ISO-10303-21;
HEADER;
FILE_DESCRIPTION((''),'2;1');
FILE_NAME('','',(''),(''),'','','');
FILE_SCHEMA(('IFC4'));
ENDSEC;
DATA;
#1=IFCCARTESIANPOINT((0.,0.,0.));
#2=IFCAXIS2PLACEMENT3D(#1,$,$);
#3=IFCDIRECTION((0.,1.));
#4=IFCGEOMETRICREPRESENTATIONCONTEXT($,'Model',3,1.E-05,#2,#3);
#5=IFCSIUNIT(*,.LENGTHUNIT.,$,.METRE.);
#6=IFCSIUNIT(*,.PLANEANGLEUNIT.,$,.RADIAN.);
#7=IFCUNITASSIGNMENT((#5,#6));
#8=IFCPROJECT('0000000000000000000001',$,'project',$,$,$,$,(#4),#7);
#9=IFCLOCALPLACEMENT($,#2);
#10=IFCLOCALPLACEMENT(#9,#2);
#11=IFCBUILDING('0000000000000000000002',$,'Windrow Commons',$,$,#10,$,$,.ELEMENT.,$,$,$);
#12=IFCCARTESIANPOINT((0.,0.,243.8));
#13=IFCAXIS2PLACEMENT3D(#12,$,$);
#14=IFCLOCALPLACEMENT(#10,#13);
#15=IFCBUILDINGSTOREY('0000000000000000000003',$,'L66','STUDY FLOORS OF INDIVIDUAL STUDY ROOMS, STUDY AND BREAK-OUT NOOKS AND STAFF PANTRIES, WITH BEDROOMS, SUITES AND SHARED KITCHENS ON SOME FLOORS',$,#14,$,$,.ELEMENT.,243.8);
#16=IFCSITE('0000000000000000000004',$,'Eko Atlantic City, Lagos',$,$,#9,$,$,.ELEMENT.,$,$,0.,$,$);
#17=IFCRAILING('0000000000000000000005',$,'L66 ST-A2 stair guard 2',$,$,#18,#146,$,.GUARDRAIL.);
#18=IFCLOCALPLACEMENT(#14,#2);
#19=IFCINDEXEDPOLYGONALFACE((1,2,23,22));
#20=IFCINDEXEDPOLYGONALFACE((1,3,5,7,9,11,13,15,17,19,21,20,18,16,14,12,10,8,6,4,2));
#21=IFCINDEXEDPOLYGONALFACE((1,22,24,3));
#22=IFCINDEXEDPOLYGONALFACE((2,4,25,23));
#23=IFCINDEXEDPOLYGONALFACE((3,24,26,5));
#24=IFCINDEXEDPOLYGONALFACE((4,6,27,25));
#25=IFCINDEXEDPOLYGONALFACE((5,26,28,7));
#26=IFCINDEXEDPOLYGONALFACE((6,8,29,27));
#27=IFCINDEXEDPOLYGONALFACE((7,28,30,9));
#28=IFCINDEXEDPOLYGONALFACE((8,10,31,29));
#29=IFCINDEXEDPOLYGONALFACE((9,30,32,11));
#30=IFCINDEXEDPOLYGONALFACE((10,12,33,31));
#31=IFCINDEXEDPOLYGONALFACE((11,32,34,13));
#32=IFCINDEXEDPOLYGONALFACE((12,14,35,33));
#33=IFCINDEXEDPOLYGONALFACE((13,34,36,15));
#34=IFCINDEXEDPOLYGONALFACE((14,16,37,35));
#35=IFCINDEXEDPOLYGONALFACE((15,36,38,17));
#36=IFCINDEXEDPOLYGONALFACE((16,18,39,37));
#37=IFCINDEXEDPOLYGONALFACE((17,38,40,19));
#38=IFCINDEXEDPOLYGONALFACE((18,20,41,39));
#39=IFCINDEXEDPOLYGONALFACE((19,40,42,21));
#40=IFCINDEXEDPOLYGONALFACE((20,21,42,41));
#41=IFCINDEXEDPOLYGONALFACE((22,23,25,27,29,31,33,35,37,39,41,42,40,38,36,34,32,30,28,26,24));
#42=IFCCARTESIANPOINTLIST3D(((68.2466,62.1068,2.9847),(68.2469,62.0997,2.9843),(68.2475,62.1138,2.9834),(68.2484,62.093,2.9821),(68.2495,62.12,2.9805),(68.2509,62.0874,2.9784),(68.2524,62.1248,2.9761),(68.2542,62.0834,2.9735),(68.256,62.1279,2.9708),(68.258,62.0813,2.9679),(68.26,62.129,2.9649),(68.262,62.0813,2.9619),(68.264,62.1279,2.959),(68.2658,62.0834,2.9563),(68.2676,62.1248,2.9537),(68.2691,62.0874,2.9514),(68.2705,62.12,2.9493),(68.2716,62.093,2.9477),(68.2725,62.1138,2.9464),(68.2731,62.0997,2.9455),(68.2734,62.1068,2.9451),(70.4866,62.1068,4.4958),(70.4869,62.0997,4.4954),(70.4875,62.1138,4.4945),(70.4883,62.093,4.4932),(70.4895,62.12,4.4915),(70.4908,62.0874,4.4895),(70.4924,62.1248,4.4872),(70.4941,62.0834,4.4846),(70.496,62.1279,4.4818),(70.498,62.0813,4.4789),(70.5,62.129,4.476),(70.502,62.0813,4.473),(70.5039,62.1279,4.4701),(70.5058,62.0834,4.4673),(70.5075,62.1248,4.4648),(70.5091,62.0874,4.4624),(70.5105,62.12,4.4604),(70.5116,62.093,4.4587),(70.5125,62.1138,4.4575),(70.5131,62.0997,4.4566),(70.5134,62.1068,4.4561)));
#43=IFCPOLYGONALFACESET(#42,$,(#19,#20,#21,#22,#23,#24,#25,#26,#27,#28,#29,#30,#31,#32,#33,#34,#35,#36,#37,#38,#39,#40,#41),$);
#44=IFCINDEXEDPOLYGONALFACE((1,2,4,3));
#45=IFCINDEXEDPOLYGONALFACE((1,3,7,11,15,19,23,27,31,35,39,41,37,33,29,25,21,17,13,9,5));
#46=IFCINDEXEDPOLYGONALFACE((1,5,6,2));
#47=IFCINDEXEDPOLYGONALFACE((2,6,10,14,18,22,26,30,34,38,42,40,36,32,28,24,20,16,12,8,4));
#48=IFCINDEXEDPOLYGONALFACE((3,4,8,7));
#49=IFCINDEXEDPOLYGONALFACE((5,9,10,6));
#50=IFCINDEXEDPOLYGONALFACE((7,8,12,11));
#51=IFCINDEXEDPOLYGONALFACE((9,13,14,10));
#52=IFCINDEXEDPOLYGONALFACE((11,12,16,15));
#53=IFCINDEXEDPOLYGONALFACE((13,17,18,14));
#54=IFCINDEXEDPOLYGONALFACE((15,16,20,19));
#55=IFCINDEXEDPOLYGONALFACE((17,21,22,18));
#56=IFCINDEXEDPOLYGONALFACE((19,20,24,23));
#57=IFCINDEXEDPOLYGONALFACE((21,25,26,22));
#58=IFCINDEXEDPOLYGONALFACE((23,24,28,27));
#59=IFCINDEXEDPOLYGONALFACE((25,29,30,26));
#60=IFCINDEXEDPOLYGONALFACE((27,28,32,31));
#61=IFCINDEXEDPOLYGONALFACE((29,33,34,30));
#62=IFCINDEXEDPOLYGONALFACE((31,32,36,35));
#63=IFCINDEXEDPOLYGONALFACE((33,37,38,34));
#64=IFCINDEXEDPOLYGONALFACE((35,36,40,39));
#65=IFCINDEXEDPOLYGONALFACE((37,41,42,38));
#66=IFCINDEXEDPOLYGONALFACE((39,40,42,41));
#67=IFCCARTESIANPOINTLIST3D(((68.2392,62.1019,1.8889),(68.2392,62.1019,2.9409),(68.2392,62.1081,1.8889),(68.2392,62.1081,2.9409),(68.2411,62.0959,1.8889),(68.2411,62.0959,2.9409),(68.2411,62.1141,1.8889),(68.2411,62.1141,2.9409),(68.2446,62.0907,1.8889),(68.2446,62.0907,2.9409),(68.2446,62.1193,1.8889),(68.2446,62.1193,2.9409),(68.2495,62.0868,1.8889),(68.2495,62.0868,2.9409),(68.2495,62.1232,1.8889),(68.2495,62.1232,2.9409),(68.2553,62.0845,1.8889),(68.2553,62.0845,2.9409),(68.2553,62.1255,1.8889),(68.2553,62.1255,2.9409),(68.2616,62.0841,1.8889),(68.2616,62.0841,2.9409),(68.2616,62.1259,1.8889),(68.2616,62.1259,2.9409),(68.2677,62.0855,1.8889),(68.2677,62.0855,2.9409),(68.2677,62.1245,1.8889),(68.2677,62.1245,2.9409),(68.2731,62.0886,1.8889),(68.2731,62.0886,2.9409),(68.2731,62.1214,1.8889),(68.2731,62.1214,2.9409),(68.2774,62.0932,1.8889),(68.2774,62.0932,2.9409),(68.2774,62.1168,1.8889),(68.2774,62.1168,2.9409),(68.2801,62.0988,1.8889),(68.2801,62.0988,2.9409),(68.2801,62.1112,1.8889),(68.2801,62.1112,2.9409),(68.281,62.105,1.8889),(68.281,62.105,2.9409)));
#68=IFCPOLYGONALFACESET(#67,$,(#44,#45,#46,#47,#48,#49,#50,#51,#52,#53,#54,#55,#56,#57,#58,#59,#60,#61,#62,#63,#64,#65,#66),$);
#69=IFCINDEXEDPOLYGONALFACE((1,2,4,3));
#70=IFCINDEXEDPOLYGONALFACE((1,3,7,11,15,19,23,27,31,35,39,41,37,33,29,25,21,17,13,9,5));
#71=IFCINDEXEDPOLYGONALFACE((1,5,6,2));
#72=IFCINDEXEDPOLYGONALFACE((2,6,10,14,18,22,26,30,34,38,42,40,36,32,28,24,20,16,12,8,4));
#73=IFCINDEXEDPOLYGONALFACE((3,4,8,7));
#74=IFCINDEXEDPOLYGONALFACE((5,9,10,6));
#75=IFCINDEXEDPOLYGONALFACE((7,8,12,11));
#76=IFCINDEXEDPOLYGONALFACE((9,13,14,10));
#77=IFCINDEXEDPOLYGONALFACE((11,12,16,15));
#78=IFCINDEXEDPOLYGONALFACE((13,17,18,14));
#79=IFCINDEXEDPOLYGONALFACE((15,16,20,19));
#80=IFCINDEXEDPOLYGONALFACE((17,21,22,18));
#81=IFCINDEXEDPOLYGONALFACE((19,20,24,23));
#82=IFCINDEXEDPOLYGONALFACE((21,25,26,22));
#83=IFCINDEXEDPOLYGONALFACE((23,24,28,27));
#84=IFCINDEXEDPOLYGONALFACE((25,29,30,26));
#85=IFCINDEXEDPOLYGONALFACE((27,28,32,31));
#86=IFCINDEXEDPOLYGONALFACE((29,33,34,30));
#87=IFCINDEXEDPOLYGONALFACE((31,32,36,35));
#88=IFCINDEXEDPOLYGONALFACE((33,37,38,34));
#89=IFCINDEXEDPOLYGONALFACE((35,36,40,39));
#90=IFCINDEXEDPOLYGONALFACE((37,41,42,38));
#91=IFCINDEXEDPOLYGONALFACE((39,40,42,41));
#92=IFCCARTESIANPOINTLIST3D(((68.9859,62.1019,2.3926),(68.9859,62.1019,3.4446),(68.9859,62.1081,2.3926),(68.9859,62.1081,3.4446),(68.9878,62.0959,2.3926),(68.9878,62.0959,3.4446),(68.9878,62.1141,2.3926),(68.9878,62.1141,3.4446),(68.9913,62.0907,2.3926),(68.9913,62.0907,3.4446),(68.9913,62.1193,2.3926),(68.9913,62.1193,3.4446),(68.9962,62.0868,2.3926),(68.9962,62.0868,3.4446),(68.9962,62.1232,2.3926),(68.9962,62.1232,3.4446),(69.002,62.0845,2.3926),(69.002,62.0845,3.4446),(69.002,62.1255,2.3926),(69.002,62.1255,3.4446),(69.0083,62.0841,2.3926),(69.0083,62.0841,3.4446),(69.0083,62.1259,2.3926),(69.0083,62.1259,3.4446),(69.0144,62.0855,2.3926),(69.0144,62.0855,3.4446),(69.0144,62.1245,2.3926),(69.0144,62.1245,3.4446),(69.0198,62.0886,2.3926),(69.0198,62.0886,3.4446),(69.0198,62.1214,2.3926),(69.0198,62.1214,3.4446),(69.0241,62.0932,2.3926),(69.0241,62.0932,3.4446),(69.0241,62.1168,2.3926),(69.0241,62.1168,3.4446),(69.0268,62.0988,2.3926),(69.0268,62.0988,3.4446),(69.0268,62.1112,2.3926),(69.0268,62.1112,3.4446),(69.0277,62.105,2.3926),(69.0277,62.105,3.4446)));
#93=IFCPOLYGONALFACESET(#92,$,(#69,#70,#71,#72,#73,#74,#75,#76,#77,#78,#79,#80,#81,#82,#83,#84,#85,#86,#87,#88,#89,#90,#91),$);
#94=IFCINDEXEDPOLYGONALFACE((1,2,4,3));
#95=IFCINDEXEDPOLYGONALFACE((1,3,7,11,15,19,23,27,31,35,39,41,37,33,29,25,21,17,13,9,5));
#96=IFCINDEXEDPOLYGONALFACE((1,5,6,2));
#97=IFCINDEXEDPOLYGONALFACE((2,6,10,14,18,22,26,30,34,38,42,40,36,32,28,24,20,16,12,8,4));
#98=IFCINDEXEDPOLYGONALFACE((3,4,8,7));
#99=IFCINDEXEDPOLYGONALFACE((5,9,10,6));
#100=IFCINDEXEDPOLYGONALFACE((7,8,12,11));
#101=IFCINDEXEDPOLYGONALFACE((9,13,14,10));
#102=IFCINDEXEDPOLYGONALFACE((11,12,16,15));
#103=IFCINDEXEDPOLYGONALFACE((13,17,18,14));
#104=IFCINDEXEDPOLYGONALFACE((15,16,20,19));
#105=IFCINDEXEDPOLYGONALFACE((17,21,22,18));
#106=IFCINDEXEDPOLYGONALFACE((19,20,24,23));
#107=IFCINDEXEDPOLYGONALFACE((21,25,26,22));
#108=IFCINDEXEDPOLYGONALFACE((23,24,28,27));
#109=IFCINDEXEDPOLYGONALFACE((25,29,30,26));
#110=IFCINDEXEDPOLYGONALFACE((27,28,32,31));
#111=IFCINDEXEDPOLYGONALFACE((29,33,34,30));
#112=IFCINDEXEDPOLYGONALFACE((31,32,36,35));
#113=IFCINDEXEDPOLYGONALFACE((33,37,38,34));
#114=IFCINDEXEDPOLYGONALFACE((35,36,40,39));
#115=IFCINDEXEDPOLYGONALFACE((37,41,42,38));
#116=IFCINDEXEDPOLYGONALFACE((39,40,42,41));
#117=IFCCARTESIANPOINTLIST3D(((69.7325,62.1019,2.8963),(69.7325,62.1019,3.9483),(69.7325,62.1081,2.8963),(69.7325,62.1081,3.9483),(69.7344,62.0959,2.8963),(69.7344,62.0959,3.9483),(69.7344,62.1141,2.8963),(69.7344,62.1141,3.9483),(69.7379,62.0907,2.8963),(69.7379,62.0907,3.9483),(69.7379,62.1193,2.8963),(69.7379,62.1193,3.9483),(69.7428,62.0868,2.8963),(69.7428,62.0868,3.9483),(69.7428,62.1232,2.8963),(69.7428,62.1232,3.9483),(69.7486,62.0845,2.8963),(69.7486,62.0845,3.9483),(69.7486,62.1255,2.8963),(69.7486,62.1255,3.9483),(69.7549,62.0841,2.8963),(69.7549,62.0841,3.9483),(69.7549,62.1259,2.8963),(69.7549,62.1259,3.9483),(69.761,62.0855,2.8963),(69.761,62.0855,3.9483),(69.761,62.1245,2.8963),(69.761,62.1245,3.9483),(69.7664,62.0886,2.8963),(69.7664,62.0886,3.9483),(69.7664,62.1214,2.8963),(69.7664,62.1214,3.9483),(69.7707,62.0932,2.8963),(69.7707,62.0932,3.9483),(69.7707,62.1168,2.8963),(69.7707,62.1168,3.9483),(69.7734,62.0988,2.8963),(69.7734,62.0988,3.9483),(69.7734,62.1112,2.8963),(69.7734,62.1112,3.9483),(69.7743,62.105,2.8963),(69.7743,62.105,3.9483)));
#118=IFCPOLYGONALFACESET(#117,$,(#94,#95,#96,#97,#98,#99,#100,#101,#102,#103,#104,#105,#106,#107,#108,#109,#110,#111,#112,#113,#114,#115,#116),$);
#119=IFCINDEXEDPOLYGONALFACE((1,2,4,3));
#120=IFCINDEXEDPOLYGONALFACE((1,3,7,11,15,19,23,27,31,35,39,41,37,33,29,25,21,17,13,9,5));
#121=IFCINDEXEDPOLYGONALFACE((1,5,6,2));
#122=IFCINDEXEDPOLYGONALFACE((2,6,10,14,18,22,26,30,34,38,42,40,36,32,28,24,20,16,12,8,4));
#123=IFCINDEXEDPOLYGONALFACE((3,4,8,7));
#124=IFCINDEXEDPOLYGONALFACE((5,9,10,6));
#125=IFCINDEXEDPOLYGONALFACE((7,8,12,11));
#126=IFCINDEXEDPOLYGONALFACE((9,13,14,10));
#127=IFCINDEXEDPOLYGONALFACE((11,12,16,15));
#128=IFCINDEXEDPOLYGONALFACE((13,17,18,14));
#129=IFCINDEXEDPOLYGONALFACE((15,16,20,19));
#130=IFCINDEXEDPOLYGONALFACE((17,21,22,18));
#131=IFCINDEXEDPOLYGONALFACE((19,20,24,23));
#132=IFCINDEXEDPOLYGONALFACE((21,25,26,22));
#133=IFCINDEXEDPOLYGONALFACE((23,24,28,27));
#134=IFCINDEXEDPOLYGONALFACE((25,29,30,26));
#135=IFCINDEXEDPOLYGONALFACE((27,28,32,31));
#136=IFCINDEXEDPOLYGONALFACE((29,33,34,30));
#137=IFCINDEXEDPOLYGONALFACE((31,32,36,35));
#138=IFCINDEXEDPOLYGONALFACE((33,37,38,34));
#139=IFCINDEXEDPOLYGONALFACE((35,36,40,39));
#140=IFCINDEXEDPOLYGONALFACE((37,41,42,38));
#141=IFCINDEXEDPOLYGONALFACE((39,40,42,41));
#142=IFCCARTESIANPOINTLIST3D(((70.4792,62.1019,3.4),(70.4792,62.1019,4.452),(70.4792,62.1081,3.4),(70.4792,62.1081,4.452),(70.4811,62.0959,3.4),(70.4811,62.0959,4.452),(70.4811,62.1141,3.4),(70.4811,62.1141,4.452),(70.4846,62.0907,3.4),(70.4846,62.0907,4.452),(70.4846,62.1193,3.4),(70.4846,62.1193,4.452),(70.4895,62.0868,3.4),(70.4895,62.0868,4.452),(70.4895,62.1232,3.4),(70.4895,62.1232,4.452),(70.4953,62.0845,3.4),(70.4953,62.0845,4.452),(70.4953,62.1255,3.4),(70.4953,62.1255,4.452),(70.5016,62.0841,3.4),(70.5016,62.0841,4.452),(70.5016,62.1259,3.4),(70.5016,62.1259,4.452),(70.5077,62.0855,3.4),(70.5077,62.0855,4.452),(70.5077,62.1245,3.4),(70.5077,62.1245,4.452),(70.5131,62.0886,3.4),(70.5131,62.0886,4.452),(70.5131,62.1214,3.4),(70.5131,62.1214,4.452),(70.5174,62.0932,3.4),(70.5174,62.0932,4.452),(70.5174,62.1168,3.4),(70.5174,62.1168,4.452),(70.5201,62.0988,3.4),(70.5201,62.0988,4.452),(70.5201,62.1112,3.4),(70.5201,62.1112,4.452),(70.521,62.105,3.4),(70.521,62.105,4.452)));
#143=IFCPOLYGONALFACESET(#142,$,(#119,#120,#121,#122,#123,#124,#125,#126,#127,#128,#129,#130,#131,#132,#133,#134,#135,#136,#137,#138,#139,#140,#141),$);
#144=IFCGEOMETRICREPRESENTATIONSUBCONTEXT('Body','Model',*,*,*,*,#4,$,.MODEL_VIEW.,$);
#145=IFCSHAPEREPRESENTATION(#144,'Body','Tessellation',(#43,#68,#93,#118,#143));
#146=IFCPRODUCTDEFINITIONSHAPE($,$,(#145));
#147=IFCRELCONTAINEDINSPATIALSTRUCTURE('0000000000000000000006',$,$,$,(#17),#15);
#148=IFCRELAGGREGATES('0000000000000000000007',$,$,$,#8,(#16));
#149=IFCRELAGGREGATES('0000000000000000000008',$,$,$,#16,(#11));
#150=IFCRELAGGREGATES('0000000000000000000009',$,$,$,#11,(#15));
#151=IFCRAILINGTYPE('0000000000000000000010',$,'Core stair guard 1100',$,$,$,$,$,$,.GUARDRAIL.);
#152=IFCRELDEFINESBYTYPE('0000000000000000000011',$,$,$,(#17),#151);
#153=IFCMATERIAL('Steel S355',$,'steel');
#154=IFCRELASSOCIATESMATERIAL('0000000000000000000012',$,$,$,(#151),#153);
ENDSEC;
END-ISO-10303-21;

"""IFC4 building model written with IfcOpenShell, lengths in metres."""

from ifc_helpers import new_model, si_unit, direction, frame, origin, origin_2d, place, context, subcontext, project, spatial, circle, extrude, material, type_object, element, save


model = new_model("IFC4")

# Units and contexts
model_context = context("Model", 3, precision=1e-05, world=origin(), true_north=direction((0.0, 1.0)))
body_context = subcontext(model_context, "Body", "Model", "MODEL_VIEW")
ifc_project = project(units=[si_unit("LENGTHUNIT", "METRE"), si_unit("PLANEANGLEUNIT", "RADIAN")], contexts=[model_context])

# Site, building, storey
site_placement = place(None, origin())
site = spatial("IfcSite", under=ifc_project, at=site_placement, Name="Eko Atlantic City, Lagos", CompositionType="ELEMENT", RefElevation=0.0)
building_placement = place(site_placement, origin())
building = spatial("IfcBuilding", under=site, at=building_placement, Name="Windrow Commons", CompositionType="ELEMENT")
storey_placement = place(building_placement, frame((0.0, 0.0, 243.8)))
storey = spatial("IfcBuildingStorey", under=building, at=storey_placement, Name="L66", Description="STUDY FLOORS OF INDIVIDUAL STUDY ROOMS, STUDY AND BREAK-OUT NOOKS AND STAFF PANTRIES, WITH BEDROOMS, SUITES AND SHARED KITCHENS ON SOME FLOORS", CompositionType="ELEMENT", Elevation=243.8)

# Railing
ifc_material_1 = material(Name="Steel S355", Category="steel")
railing_type_1 = type_object("IfcRailingType", Name="Core stair guard 1100", PredefinedType="GUARDRAIL", material=ifc_material_1)
railing_1_placement = place(storey_placement, frame((68.26, 62.105, 1.8889)))
element("IfcRailing", 1, at=railing_1_placement, inside=storey, type_object=railing_type_1, Name="L66 ST-A2 stair guard 2", PredefinedType="GUARDRAIL", context=body_context, shape_type="SweptSolid", body=[
    extrude(circle(Radius=0.024, at=origin_2d()), frame((0.0, 0.0, 1.076), z_axis=(0.829003, 0.0, 0.559244), x_axis=(0.0, 1.0, 0.0)), (0.0, 0.0, 1.0), 2.702),
    extrude(circle(Radius=0.021, at=origin_2d()), origin(), (0.0, 0.0, 1.0), 1.052),
    extrude(circle(Radius=0.021, at=origin_2d()), frame((0.7467, 0.0, 0.5037)), (0.0, 0.0, 1.0), 1.052),
    extrude(circle(Radius=0.021, at=origin_2d()), frame((1.4933, 0.0, 1.0074)), (0.0, 0.0, 1.0), 1.052),
    extrude(circle(Radius=0.021, at=origin_2d()), frame((2.24, 0.0, 1.5111)), (0.0, 0.0, 1.0), 1.052),
])

save(model, "model.ifc")
